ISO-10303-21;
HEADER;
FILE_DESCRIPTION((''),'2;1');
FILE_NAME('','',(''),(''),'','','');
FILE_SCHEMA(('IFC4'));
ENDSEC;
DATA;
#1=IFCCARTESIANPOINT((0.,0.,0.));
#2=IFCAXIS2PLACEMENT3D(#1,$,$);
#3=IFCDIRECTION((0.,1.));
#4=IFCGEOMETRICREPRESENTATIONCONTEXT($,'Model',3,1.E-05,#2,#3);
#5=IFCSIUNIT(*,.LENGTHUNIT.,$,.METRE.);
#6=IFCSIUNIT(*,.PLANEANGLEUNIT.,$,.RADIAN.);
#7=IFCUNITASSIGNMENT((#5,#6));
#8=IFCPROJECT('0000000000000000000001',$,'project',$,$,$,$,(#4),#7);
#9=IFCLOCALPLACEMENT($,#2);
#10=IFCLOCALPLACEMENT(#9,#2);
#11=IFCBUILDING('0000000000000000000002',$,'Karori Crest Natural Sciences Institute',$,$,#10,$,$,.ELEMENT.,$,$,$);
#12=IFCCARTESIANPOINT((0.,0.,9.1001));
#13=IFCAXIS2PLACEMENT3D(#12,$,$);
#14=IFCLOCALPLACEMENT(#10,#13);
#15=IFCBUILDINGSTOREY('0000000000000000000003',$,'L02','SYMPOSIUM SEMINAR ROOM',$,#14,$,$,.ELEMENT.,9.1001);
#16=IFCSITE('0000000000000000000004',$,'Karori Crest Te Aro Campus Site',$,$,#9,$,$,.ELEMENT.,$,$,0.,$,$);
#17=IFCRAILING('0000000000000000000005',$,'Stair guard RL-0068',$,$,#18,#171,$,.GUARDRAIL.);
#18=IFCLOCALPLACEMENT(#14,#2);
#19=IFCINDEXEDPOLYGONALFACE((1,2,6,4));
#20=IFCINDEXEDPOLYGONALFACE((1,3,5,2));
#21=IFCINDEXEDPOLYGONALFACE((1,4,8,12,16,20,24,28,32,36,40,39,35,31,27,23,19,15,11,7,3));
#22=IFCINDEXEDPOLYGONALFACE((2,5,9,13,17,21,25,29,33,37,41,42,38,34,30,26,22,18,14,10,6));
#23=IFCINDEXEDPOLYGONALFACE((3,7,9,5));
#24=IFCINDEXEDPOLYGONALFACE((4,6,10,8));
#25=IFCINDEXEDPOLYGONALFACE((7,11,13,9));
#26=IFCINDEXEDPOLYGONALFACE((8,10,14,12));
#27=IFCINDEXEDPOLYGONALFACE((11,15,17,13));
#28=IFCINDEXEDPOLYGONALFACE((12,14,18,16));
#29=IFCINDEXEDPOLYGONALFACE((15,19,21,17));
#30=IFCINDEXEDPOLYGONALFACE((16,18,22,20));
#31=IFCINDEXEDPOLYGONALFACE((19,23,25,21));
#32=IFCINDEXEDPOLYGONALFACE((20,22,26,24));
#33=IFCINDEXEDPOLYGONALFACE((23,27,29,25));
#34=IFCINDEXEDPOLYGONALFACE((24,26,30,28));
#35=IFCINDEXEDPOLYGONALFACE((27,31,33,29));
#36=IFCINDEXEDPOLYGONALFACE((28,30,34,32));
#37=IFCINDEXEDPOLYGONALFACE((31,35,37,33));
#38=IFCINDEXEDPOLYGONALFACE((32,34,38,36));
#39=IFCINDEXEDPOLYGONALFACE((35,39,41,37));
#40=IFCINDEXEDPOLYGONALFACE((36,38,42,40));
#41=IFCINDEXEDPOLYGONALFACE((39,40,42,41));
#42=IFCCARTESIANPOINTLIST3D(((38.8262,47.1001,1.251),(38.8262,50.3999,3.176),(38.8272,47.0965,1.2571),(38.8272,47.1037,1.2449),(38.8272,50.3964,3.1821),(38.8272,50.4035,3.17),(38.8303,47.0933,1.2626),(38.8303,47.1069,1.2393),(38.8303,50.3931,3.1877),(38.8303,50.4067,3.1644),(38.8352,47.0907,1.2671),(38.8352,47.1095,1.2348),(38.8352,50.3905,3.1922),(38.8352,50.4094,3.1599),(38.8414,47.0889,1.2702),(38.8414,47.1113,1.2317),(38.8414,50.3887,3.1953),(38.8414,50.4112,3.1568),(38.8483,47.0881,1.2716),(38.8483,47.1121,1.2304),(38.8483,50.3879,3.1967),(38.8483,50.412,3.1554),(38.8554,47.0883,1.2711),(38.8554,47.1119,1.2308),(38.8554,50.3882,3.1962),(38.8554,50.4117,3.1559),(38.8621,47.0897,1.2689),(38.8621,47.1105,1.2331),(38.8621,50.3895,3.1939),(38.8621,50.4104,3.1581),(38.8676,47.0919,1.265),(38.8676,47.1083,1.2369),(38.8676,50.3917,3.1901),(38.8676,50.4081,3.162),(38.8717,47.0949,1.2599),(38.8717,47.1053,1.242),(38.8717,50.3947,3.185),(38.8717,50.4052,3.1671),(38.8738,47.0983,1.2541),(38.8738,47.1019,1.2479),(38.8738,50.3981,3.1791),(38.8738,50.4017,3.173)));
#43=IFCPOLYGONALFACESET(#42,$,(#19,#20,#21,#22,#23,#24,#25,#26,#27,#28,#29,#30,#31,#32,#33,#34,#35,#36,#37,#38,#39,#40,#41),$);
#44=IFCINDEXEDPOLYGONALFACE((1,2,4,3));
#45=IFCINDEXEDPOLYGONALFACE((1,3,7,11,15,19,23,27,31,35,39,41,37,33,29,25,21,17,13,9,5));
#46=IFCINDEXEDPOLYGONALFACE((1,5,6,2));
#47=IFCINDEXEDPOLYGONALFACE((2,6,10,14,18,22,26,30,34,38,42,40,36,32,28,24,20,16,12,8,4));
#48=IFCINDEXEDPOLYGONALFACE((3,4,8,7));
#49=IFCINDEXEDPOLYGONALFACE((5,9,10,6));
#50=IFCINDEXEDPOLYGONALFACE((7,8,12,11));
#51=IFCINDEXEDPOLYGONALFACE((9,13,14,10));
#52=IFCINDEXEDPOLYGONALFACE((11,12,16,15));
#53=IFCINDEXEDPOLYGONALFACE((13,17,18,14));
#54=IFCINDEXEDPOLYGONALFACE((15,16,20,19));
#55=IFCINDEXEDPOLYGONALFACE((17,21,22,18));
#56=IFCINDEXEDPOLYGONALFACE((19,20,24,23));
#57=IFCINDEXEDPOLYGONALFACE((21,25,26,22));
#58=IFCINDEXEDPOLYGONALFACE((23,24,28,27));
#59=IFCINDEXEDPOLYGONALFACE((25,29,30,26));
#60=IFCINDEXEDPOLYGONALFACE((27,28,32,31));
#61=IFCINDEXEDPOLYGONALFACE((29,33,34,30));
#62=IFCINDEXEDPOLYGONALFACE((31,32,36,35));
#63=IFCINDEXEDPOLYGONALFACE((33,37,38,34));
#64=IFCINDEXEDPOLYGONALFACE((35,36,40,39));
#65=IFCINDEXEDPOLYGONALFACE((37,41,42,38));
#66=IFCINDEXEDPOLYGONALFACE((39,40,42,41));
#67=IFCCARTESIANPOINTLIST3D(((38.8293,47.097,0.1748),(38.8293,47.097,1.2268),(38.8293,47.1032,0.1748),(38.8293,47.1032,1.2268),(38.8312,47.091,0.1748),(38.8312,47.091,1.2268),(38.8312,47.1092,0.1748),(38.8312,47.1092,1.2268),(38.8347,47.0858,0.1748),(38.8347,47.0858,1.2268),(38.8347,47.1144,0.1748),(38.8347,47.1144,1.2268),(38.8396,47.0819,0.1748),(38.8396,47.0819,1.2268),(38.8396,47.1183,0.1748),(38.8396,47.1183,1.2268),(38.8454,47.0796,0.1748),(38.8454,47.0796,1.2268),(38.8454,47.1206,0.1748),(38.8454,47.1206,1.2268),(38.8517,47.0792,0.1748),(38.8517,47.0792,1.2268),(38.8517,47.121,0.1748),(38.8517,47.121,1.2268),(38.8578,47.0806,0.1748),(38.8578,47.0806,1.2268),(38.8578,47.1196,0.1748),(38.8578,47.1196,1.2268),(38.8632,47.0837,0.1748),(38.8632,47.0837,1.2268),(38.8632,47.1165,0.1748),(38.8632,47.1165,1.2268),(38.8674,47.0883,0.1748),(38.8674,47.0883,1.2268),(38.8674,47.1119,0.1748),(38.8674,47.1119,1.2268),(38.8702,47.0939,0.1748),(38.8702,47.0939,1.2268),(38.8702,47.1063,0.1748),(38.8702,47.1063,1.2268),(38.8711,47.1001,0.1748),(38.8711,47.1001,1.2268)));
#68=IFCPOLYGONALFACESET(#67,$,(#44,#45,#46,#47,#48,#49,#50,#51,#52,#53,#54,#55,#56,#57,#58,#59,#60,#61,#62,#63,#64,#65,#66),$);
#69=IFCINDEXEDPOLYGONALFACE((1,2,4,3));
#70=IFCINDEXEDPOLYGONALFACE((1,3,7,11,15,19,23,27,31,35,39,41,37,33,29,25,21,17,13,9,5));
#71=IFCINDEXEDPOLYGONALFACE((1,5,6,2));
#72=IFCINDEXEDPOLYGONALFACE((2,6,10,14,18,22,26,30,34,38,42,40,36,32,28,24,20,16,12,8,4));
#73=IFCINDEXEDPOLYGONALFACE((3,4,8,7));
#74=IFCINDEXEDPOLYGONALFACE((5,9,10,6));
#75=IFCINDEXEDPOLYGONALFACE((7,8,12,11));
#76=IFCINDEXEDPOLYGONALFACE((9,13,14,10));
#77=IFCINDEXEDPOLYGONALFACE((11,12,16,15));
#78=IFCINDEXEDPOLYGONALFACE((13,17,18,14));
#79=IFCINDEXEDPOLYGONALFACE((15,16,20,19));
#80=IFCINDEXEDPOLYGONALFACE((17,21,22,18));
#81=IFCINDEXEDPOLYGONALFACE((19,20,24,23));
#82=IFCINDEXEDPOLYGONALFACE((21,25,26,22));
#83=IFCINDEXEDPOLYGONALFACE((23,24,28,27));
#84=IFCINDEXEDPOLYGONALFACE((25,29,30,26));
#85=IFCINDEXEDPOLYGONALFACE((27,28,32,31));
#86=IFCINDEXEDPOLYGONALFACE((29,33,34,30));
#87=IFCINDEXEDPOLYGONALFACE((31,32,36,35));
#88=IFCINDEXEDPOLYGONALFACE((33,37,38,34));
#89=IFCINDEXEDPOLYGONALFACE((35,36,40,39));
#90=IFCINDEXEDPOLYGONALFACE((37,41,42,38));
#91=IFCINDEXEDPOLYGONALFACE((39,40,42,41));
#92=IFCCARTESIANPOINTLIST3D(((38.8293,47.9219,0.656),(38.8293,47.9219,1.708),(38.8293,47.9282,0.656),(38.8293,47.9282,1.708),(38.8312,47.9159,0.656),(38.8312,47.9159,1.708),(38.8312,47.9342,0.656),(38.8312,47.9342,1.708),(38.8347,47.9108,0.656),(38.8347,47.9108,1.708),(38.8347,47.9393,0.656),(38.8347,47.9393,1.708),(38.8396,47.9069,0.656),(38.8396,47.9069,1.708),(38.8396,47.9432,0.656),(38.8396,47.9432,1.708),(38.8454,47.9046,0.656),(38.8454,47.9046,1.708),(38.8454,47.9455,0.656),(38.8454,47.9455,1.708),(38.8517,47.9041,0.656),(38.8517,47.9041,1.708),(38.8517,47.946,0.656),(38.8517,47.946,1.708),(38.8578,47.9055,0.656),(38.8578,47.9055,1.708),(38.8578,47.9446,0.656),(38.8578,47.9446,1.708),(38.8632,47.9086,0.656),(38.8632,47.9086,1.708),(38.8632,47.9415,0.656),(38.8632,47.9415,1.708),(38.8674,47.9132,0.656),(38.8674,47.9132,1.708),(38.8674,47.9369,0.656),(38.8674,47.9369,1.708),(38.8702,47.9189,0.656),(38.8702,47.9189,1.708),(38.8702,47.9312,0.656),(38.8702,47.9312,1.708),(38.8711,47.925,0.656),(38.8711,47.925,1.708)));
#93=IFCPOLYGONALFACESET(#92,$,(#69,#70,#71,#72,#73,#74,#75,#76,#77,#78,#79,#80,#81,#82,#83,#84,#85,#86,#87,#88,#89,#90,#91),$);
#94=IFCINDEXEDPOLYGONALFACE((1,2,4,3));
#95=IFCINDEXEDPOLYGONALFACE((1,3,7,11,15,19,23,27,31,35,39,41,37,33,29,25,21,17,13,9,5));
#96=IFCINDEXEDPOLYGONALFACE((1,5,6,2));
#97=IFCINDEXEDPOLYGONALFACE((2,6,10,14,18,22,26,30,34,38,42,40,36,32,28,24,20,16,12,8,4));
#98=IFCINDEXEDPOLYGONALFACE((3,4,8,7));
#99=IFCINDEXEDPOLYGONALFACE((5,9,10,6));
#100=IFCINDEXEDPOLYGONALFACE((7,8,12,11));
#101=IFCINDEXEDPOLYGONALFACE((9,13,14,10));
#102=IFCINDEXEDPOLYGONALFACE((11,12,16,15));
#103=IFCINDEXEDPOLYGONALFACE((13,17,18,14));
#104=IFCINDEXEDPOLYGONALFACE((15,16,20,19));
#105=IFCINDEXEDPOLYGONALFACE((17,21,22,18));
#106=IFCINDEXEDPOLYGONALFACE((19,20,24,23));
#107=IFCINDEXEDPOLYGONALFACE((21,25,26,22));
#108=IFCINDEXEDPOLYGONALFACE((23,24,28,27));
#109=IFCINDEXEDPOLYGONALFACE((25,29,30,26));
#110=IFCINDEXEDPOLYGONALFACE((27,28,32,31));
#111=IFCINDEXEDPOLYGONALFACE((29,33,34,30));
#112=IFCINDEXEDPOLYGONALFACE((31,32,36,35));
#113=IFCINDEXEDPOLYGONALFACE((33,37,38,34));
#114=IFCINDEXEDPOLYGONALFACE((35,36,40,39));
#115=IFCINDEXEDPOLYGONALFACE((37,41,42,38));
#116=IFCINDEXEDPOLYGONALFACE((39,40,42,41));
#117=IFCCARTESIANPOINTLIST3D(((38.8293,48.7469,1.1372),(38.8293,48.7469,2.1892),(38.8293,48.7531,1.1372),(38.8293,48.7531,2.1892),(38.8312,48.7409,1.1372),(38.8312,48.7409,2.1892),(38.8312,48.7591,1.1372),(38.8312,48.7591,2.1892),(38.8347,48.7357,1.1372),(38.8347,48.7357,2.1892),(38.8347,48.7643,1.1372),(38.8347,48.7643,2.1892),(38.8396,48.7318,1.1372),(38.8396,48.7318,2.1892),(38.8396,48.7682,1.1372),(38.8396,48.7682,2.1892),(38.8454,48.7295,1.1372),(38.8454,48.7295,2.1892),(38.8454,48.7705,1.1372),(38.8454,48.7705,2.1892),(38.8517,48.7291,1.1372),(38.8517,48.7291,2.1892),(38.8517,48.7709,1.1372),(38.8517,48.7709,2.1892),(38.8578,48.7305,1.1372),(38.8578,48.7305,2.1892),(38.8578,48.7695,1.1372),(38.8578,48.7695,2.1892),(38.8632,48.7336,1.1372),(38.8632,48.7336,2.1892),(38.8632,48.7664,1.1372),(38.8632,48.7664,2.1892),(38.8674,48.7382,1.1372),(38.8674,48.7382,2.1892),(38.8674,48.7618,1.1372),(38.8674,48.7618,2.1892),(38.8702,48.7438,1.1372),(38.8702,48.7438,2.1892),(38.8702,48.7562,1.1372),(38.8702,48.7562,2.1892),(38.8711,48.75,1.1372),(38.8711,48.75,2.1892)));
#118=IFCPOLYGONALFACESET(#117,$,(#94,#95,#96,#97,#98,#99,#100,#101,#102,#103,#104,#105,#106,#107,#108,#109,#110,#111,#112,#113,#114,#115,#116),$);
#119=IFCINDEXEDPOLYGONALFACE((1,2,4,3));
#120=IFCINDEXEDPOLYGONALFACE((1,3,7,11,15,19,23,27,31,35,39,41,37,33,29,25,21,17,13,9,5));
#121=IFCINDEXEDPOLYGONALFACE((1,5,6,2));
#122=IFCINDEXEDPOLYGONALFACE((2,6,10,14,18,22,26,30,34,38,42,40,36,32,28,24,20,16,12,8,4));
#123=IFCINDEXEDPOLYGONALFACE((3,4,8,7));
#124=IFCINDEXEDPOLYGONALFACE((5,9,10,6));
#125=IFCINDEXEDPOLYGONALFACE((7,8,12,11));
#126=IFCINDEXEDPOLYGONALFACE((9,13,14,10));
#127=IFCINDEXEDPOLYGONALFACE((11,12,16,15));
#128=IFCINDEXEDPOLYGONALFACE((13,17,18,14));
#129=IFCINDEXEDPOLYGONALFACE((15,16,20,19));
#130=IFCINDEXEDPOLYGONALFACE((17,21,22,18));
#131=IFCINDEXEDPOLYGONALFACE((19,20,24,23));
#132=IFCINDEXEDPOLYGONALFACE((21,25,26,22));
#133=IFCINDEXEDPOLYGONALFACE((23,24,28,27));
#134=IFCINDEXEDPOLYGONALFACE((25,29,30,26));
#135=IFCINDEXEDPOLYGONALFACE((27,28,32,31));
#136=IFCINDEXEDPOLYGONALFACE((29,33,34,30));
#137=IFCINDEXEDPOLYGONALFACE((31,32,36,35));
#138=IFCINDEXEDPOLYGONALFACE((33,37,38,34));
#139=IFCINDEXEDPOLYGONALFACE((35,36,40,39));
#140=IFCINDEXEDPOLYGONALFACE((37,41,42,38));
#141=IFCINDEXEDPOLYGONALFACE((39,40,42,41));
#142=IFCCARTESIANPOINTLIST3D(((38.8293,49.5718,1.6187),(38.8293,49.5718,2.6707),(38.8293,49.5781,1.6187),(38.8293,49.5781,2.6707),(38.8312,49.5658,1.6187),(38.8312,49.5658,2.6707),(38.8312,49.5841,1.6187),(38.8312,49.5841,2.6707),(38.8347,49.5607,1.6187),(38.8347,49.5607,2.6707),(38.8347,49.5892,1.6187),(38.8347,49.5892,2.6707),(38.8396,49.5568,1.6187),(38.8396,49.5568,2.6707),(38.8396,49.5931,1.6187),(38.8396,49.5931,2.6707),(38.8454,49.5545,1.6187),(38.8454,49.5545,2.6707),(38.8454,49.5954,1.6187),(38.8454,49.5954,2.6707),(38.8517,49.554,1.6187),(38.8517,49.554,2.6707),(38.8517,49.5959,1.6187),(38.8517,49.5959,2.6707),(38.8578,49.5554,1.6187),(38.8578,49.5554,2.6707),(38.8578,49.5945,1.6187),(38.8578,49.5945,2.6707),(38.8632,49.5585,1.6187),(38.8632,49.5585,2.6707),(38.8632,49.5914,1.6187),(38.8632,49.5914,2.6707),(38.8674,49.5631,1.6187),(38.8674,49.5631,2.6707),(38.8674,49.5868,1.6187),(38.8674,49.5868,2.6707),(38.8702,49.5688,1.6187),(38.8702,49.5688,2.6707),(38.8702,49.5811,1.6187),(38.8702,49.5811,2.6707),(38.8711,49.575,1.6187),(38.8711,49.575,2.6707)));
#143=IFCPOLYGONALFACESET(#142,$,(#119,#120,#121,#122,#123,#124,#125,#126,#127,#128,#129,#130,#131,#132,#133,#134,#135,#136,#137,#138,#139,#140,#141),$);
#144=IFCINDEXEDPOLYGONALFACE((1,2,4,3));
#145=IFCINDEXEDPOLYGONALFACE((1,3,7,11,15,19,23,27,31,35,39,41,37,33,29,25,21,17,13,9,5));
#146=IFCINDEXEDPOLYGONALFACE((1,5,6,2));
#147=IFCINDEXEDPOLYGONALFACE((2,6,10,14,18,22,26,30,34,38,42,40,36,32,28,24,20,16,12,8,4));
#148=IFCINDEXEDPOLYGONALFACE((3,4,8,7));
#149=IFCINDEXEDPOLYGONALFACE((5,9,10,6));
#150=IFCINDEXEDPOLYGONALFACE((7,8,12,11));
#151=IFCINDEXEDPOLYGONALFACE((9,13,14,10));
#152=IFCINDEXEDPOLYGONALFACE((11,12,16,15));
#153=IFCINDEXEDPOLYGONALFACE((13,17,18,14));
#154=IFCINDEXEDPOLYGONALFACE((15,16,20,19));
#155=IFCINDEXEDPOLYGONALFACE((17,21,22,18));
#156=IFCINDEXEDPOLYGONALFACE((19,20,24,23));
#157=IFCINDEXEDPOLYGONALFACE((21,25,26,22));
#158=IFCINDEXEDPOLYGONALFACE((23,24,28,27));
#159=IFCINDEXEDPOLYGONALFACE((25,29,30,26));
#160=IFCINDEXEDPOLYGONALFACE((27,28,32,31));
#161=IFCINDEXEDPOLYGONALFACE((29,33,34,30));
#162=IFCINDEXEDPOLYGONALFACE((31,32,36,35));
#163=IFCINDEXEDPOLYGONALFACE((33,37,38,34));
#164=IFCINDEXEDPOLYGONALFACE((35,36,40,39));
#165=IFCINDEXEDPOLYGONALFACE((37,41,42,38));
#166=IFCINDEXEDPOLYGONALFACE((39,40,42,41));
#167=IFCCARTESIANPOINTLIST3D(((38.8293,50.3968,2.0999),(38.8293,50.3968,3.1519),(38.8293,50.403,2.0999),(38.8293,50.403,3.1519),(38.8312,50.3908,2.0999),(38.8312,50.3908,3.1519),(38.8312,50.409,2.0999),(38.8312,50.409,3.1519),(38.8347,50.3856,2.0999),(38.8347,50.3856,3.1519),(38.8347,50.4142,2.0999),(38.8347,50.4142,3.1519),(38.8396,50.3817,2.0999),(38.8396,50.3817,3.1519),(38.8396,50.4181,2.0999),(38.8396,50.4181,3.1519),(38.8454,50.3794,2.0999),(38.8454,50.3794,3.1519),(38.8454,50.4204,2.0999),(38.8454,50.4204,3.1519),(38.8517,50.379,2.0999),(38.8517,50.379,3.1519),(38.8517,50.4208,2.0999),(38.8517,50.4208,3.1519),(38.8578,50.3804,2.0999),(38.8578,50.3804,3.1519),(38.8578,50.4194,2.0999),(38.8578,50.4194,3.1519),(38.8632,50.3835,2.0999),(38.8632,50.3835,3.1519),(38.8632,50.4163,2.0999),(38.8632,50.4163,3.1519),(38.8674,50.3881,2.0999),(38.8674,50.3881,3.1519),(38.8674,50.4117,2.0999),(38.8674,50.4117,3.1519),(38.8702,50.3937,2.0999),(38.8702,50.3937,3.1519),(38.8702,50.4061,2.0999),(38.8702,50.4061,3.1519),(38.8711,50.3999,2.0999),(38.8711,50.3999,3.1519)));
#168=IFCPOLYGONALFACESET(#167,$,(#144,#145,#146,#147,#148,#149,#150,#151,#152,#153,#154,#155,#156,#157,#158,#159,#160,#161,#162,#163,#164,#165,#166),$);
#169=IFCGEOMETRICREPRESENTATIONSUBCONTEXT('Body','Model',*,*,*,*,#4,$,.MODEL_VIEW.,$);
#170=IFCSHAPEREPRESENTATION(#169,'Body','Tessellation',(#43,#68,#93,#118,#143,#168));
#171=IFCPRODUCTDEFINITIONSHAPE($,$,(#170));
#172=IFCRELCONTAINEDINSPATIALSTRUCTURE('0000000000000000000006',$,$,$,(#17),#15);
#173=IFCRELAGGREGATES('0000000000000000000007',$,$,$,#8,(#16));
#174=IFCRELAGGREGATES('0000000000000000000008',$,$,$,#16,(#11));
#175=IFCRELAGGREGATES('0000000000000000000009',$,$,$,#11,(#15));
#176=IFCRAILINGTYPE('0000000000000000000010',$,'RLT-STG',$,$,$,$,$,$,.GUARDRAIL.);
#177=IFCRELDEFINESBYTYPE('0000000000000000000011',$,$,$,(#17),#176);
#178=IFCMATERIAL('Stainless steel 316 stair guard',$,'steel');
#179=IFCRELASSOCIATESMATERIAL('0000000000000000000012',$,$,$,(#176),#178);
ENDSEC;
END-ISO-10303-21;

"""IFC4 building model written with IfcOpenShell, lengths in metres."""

from ifc_helpers import new_model, si_unit, direction, frame, origin, origin_2d, place, context, subcontext, project, spatial, circle, extrude, material, type_object, element, save


model = new_model("IFC4")

# Units and contexts
model_context = context("Model", 3, precision=1e-05, world=origin(), true_north=direction((0.0, 1.0)))
body_context = subcontext(model_context, "Body", "Model", "MODEL_VIEW")
ifc_project = project(units=[si_unit("LENGTHUNIT", "METRE"), si_unit("PLANEANGLEUNIT", "RADIAN")], contexts=[model_context])

# Site, building, storey
site_placement = place(None, origin())
site = spatial("IfcSite", under=ifc_project, at=site_placement, Name="Karori Crest Te Aro Campus Site", CompositionType="ELEMENT", RefElevation=0.0)
building_placement = place(site_placement, origin())
building = spatial("IfcBuilding", under=site, at=building_placement, Name="Karori Crest Natural Sciences Institute", CompositionType="ELEMENT")
storey_placement = place(building_placement, frame((0.0, 0.0, 9.1001)))
storey = spatial("IfcBuildingStorey", under=building, at=storey_placement, Name="L02", Description="SYMPOSIUM SEMINAR ROOM", CompositionType="ELEMENT", Elevation=9.1001)

# Railing
ifc_material_1 = material(Name="Stainless steel 316 stair guard", Category="steel")
railing_type_1 = type_object("IfcRailingType", Name="RLT-STG", PredefinedType="GUARDRAIL", material=ifc_material_1)
railing_1_placement = place(storey_placement, frame((38.8501, 47.1001, 0.1748)))
element("IfcRailing", 1, at=railing_1_placement, inside=storey, type_object=railing_type_1, Name="Stair guard RL-0068", PredefinedType="GUARDRAIL", context=body_context, shape_type="SweptSolid", body=[
    extrude(circle(Radius=0.0239, at=origin_2d()), frame((0.0, 0.0, 1.0762), z_axis=(0.0, 0.86376, 0.503903), x_axis=(-1.0, 0.0, 0.0)), (0.0, 0.0, 1.0), 3.8203),
    extrude(circle(Radius=0.021, at=origin_2d()), origin(), (0.0, 0.0, 1.0), 1.052),
    extrude(circle(Radius=0.021, at=origin_2d()), frame((0.0, 0.825, 0.4812)), (0.0, 0.0, 1.0), 1.052),
    extrude(circle(Radius=0.021, at=origin_2d()), frame((0.0, 1.6499, 0.9624)), (0.0, 0.0, 1.0), 1.052),
    extrude(circle(Radius=0.021, at=origin_2d()), frame((0.0, 2.4749, 1.4438)), (0.0, 0.0, 1.0), 1.052),
    extrude(circle(Radius=0.021, at=origin_2d()), frame((0.0, 3.2998, 1.925)), (0.0, 0.0, 1.0), 1.052),
])

save(model, "model.ifc")
